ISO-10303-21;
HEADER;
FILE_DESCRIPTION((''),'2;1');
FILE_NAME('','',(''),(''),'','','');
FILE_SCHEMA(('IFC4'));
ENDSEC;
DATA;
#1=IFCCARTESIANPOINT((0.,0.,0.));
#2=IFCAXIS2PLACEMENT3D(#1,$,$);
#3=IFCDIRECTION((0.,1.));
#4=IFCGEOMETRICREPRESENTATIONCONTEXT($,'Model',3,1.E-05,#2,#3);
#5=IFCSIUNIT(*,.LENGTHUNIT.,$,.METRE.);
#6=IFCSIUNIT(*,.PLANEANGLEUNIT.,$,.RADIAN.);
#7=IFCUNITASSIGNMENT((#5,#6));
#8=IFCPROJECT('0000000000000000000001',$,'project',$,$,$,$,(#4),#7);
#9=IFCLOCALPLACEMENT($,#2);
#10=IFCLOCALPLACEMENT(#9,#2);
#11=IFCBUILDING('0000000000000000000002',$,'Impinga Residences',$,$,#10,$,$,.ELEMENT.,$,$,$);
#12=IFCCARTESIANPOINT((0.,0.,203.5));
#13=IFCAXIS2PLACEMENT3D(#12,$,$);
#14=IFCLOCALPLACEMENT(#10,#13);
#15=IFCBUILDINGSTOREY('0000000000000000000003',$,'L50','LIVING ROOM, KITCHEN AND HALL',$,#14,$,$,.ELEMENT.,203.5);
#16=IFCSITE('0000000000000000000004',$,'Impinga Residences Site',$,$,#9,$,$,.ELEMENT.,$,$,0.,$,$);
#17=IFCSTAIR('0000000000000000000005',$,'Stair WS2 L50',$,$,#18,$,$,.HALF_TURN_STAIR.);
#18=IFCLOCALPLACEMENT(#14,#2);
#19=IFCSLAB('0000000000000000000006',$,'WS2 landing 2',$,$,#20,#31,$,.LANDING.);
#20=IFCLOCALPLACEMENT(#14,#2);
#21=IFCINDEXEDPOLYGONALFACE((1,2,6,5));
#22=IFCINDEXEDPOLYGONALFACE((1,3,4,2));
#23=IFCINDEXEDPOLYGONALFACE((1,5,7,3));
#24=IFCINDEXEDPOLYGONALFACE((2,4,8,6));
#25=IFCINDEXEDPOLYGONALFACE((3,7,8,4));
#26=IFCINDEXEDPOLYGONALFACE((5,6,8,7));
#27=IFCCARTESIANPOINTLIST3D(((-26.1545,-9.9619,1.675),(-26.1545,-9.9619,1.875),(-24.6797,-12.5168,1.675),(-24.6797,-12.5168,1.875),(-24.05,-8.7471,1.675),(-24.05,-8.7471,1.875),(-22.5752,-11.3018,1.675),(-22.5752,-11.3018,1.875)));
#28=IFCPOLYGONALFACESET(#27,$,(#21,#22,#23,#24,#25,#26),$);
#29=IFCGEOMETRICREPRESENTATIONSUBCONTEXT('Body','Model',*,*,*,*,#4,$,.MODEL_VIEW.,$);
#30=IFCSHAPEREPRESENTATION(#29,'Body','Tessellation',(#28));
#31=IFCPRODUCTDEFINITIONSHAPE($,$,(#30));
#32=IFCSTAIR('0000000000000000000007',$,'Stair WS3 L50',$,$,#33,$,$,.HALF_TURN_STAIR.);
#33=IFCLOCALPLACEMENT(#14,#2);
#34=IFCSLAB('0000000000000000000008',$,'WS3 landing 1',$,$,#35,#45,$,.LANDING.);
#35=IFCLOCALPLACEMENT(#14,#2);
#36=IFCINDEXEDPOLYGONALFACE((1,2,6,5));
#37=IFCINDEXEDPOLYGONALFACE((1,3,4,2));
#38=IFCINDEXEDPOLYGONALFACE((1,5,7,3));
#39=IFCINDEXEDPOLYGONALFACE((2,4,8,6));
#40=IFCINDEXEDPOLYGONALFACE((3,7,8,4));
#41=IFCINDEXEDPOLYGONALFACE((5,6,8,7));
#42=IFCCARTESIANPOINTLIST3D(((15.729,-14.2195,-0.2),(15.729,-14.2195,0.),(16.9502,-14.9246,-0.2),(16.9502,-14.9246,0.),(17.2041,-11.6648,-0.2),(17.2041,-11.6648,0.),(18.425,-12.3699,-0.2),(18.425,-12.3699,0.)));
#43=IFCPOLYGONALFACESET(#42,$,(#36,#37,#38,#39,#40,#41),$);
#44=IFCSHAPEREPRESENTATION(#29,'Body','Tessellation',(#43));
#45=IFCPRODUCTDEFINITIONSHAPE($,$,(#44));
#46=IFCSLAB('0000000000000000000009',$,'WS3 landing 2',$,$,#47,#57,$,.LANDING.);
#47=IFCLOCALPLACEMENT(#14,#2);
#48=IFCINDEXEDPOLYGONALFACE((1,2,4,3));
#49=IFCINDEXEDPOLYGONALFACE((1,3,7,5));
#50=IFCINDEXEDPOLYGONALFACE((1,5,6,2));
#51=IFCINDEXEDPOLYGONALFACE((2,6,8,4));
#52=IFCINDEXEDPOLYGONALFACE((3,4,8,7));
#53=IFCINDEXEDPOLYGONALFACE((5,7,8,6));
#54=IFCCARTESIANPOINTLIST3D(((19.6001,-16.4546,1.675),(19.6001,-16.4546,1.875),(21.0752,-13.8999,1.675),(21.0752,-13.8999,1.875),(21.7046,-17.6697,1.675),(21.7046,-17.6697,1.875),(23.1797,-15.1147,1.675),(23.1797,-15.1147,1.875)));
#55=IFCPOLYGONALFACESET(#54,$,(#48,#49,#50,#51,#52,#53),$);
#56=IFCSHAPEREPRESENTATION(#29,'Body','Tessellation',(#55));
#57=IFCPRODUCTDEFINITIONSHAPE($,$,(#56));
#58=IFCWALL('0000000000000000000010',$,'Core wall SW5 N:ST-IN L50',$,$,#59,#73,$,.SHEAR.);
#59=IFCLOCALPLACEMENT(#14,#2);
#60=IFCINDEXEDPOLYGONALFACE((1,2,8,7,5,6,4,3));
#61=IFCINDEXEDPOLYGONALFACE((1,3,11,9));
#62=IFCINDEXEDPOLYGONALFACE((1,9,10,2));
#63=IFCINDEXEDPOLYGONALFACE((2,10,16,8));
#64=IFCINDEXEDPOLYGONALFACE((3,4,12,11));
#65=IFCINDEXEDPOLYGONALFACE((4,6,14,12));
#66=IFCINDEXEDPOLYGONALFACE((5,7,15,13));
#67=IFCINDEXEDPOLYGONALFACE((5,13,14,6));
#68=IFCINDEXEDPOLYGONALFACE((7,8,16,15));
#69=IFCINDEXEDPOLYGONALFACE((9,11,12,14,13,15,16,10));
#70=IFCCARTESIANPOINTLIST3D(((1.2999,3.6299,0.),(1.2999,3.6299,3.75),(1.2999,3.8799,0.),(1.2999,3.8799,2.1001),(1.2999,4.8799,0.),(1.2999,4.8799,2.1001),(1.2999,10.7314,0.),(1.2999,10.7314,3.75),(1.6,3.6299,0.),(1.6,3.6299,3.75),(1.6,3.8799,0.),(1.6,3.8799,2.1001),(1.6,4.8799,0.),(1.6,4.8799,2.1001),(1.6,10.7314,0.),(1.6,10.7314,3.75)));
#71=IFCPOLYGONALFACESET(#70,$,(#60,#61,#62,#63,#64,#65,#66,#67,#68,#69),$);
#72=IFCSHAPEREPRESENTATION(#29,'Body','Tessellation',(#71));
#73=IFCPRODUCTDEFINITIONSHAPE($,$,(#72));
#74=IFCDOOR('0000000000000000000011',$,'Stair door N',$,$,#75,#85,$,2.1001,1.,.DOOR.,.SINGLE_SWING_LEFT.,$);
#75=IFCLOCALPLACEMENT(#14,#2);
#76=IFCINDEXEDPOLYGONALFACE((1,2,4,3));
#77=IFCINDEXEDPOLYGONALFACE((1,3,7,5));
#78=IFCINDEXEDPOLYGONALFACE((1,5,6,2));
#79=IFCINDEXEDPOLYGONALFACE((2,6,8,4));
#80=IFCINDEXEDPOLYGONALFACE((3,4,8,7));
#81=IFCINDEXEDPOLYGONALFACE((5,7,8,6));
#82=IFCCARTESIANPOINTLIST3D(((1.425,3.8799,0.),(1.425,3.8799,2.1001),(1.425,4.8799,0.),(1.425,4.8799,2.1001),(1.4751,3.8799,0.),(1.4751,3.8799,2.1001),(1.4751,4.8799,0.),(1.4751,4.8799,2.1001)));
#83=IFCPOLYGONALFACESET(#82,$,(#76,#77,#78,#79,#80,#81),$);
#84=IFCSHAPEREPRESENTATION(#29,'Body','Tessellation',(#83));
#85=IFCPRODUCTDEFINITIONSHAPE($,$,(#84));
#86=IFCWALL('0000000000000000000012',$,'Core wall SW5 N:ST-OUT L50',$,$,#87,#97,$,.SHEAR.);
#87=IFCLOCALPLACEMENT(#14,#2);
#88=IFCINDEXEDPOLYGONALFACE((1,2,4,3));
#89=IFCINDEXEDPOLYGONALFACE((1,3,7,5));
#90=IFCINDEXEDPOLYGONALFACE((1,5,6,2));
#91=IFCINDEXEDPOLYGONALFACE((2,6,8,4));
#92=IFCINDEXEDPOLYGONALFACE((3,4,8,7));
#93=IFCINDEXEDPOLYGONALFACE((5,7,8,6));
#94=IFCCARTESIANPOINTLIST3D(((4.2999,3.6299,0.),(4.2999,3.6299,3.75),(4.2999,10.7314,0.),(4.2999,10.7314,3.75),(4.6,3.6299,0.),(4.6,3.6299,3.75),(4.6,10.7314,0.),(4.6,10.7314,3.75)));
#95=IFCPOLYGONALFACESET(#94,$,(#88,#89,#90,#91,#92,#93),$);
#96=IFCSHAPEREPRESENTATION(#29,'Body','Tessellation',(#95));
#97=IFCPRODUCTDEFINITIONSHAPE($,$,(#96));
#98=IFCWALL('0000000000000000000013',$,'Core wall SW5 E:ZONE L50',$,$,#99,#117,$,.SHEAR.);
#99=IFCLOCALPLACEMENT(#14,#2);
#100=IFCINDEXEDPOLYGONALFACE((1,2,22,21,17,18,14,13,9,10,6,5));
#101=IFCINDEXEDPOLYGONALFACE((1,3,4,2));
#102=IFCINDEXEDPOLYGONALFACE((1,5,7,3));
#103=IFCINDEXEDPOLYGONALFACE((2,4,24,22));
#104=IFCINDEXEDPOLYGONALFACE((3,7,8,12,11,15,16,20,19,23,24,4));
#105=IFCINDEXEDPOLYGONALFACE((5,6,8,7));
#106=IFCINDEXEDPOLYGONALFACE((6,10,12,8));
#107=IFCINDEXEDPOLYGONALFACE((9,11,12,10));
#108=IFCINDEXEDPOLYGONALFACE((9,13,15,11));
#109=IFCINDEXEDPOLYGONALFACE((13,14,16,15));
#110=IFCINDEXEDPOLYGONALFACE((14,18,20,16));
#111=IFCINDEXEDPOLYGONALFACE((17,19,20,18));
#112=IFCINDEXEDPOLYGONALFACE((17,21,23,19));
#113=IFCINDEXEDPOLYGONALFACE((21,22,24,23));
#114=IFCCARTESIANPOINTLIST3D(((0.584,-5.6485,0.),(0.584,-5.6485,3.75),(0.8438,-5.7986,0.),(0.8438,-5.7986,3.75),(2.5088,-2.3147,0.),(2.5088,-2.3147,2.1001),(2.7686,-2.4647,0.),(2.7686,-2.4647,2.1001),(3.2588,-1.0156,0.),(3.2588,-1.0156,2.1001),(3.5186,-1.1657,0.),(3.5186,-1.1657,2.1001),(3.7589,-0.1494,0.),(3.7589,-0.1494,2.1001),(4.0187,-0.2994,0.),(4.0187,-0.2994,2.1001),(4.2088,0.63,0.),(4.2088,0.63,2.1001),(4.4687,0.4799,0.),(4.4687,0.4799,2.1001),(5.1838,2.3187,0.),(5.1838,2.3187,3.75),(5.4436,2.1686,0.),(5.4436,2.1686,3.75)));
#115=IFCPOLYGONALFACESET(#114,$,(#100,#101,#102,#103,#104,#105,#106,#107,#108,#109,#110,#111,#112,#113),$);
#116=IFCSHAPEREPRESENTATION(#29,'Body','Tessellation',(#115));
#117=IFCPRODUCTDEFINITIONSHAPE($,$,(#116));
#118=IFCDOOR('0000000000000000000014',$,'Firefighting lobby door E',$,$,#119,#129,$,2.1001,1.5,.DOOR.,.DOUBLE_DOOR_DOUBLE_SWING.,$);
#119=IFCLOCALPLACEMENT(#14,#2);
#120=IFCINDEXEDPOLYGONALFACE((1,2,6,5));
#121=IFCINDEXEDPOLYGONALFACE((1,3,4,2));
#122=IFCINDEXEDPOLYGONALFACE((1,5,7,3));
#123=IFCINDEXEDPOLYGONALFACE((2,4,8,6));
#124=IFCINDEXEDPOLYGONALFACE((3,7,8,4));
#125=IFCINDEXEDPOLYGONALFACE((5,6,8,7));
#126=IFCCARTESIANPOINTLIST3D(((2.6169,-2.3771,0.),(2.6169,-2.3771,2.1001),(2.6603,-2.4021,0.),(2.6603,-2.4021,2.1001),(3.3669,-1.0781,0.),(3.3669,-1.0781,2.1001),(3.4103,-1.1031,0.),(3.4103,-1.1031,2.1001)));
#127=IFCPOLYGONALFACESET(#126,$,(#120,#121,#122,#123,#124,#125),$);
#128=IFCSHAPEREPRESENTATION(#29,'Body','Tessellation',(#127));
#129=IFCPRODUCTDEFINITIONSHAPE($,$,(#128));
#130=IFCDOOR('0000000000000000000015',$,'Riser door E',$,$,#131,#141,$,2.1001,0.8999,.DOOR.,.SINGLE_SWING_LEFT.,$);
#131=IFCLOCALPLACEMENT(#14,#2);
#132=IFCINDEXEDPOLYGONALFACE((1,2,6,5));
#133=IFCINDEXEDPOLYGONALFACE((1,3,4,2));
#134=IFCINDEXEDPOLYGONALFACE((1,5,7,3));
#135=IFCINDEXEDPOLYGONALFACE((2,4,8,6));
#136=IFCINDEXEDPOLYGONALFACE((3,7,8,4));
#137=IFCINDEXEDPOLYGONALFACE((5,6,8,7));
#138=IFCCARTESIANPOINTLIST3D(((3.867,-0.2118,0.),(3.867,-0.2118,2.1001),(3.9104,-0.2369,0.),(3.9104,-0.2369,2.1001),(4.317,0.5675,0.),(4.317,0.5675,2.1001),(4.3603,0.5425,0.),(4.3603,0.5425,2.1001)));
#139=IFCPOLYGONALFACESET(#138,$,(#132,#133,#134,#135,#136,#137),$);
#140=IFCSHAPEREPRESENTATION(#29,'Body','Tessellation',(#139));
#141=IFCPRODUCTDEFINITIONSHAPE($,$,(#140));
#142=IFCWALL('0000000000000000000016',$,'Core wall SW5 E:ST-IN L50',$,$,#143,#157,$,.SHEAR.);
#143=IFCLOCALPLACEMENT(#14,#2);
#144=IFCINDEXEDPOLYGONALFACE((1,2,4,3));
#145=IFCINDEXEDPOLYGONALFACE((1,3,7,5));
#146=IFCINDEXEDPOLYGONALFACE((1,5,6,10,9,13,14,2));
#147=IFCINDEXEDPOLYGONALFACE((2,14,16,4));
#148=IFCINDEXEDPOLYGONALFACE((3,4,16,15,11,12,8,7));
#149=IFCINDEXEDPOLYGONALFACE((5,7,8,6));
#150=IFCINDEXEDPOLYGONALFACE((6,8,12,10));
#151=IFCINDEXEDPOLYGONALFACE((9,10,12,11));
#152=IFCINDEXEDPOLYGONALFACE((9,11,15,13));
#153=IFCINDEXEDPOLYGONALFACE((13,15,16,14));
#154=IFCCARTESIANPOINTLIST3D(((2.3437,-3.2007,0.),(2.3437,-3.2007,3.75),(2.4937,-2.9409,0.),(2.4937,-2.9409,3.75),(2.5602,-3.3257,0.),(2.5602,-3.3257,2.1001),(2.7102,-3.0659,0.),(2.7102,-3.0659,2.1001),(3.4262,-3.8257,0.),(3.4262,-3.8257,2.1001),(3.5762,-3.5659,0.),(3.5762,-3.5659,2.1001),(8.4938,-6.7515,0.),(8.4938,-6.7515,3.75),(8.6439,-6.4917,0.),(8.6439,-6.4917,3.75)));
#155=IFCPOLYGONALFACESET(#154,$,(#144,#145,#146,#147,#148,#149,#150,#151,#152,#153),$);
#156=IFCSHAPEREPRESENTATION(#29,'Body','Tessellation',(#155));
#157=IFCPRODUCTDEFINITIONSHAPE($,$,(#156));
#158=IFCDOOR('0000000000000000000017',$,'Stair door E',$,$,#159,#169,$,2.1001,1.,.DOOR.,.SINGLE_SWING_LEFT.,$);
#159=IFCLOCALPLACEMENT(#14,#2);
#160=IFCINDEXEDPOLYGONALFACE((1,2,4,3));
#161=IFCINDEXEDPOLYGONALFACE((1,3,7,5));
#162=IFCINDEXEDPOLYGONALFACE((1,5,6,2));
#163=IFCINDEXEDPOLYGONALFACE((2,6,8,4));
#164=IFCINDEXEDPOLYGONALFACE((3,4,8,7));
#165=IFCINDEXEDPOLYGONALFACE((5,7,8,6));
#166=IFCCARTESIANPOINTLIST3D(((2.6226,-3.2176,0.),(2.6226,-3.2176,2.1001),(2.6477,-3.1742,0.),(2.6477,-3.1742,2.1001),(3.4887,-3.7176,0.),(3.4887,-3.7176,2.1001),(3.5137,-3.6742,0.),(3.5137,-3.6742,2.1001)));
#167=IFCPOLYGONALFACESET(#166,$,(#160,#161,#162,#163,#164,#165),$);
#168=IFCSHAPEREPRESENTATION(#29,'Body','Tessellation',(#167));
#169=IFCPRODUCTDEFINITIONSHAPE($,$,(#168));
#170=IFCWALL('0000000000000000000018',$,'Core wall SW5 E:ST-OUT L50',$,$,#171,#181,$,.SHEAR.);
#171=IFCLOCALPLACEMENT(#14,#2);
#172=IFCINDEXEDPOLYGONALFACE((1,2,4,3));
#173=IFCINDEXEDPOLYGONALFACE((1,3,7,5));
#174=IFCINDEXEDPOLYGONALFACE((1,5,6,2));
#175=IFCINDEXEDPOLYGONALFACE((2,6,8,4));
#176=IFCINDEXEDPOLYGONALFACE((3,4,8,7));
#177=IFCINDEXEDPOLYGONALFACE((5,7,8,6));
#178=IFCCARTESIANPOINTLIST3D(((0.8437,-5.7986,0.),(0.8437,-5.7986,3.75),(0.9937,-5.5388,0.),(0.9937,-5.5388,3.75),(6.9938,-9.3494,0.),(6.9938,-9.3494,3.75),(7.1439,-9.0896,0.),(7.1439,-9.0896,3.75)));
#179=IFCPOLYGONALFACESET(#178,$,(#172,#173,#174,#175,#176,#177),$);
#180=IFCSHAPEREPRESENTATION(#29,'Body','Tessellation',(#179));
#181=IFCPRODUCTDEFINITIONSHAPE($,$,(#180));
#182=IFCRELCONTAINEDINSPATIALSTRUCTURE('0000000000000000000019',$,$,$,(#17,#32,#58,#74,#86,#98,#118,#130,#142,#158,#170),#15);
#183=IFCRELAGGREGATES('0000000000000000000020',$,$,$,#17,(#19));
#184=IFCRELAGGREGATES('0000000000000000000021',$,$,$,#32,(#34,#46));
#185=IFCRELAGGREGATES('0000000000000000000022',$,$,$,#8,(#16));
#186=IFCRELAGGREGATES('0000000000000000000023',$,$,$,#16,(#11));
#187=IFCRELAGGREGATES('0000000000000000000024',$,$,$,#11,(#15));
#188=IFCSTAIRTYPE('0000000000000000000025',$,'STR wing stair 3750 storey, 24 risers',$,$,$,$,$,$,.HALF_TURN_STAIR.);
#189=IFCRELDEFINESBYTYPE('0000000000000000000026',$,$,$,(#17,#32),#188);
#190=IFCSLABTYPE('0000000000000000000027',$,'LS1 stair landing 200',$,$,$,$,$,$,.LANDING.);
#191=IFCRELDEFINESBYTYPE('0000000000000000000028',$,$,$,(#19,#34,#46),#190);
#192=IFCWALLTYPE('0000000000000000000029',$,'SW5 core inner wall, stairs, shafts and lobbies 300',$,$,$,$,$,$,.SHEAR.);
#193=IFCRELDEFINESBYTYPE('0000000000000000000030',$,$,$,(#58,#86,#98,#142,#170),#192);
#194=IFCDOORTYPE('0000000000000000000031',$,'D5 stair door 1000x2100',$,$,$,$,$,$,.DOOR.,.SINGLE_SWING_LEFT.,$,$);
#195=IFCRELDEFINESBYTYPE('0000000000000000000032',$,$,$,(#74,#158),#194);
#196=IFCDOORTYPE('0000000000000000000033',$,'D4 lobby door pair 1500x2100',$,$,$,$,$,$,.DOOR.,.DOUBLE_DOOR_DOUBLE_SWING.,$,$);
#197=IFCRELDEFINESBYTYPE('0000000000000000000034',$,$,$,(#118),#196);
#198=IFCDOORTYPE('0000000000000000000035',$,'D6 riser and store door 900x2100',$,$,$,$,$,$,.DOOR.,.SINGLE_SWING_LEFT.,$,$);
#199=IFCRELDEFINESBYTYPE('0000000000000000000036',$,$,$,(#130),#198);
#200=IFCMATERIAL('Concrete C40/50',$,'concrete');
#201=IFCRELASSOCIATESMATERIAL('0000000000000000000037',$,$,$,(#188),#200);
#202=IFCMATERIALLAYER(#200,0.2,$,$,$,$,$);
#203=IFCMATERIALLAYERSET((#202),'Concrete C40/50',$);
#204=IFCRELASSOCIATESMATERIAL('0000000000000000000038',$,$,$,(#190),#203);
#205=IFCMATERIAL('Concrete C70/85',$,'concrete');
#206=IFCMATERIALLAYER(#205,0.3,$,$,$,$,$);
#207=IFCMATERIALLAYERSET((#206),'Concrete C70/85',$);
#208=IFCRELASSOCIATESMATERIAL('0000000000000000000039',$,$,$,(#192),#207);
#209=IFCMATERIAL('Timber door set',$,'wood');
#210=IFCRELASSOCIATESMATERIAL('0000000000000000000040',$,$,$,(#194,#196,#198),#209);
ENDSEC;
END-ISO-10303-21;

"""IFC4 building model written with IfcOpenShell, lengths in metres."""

from ifc_helpers import new_model, si_unit, direction, frame, frame_2d, origin, place, context, subcontext, project, spatial, polyline, rectangle, outline, extrude, material, layer, layer_set, type_object, element, fill, aggregate, save


model = new_model("IFC4")

# Units and contexts
model_context = context("Model", 3, precision=1e-05, world=origin(), true_north=direction((0.0, 1.0)))
body_context = subcontext(model_context, "Body", "Model", "MODEL_VIEW")
ifc_project = project(units=[si_unit("LENGTHUNIT", "METRE"), si_unit("PLANEANGLEUNIT", "RADIAN")], contexts=[model_context])

# Site, building, storey
site_placement = place(None, origin())
site = spatial("IfcSite", under=ifc_project, at=site_placement, Name="Impinga Residences Site", CompositionType="ELEMENT", RefElevation=0.0)
building_placement = place(site_placement, origin())
building = spatial("IfcBuilding", under=site, at=building_placement, Name="Impinga Residences", CompositionType="ELEMENT")
storey_placement = place(building_placement, frame((0.0, 0.0, 203.5)))
storey = spatial("IfcBuildingStorey", under=building, at=storey_placement, Name="L50", Description="LIVING ROOM, KITCHEN AND HALL", CompositionType="ELEMENT", Elevation=203.5)

# Stair, slab
ifc_material_1 = material(Name="Concrete C40/50", Category="concrete")
stair_type_1 = type_object("IfcStairType", Name="STR wing stair 3750 storey, 24 risers", PredefinedType="HALF_TURN_STAIR", material=ifc_material_1)
stair_1_placement = place(storey_placement, origin())
stair_1 = element("IfcStair", 1, at=stair_1_placement, inside=storey, type_object=stair_type_1, Name="Stair WS2 L50", PredefinedType="HALF_TURN_STAIR")
ifc_layer_1 = layer(ifc_material_1, 0.2)
ifc_layer_set_1 = layer_set([ifc_layer_1], Name="Concrete C40/50")
slab_type = type_object("IfcSlabType", Name="LS1 stair landing 200", PredefinedType="LANDING", material=ifc_layer_set_1)
slab_1_placement = place(storey_placement, frame((0.0, 0.0, 1.675)))
slab_1 = element("IfcSlab", 2, at=slab_1_placement, type_object=slab_type, Name="WS2 landing 2", PredefinedType="LANDING", context=body_context, shape_type="SweptSolid", body=[
    extrude(outline(polyline([(-22.5752, -11.3018), (-24.05, -8.7471), (-26.1545, -9.9619), (-24.6797, -12.5168), (-22.5752, -11.3018)])), origin(), (0.0, 0.0, 1.0), 0.2),
])
aggregate(stair_1, [slab_1])

# Stair, slabs
stair_2_placement = place(storey_placement, origin())
stair_2 = element("IfcStair", 3, at=stair_2_placement, inside=storey, type_object=stair_type_1, Name="Stair WS3 L50", PredefinedType="HALF_TURN_STAIR")
slab_2_placement = place(storey_placement, frame((0.0, 0.0, -0.2)))
slab_2 = element("IfcSlab", 4, at=slab_2_placement, type_object=slab_type, Name="WS3 landing 1", PredefinedType="LANDING", context=body_context, shape_type="SweptSolid", body=[
    extrude(outline(polyline([(17.2041, -11.6648), (15.729, -14.2195), (16.9502, -14.9246), (18.425, -12.3699), (17.2041, -11.6648)])), origin(), (0.0, 0.0, 1.0), 0.2),
])
slab_3_placement = place(storey_placement, frame((0.0, 0.0, 1.675)))
slab_3 = element("IfcSlab", 5, at=slab_3_placement, type_object=slab_type, Name="WS3 landing 2", PredefinedType="LANDING", context=body_context, shape_type="SweptSolid", body=[
    extrude(outline(polyline([(21.0752, -13.8999), (19.6001, -16.4546), (21.7046, -17.6697), (23.1797, -15.1147), (21.0752, -13.8999)])), origin(), (0.0, 0.0, 1.0), 0.2),
])
aggregate(stair_2, [slab_2, slab_3])

# Wall, opening, door
ifc_material_2 = material(Name="Concrete C70/85", Category="concrete")
ifc_layer_2 = layer(ifc_material_2, 0.3)
ifc_layer_set_2 = layer_set([ifc_layer_2], Name="Concrete C70/85")
wall_type = type_object("IfcWallType", Name="SW5 core inner wall, stairs, shafts and lobbies 300", PredefinedType="SHEAR", material=ifc_layer_set_2)
wall_1_placement = place(storey_placement, frame((1.45, 3.6299, 0.0), z_axis=(0.0, 0.0, 1.0), x_axis=(0.0, 1.0, 0.0)))
wall_1 = element("IfcWall", 6, at=wall_1_placement, inside=storey, type_object=wall_type, Name="Core wall SW5 N:ST-IN L50", PredefinedType="SHEAR", context=body_context, shape_type="SweptSolid", body=[
    extrude(rectangle(XDim=7.1016, YDim=0.3, at=frame_2d((3.5508, 0.0))), origin(), (0.0, 0.0, 1.0), 3.75),
])
opening_1_placement = place(wall_1_placement, frame((0.25, 0.0, 0.0)))
opening_1 = element("IfcOpeningElement", 7, at=opening_1_placement, cuts=wall_1, PredefinedType="OPENING", context=body_context, shape_type="SweptSolid", body=[
    extrude(rectangle(XDim=1.0, YDim=2.1001, at=frame_2d((0.5, 1.05))), frame((0.0, 0.1599, 0.0), z_axis=(0.0, -1.0, 0.0), x_axis=(1.0, 0.0, 0.0)), (0.0, 0.0, 1.0), 0.3201),
])
ifc_material_3 = material(Name="Timber door set", Category="wood")
door_type_1 = type_object("IfcDoorType", Name="D5 stair door 1000x2100", OperationType="SINGLE_SWING_LEFT", PredefinedType="DOOR", material=ifc_material_3)
door_1_placement = place(opening_1_placement, origin())
door_1 = element("IfcDoor", 8, at=door_1_placement, inside=storey, type_object=door_type_1, Name="Stair door N", OperationType="SINGLE_SWING_LEFT", OverallHeight=2.1001, OverallWidth=1.0, PredefinedType="DOOR", context=body_context, shape_type="SweptSolid", body=[
    extrude(rectangle(XDim=1.0, YDim=2.1001, at=frame_2d((0.5, 1.05))), frame((0.0, 0.0249, 0.0), z_axis=(0.0, -1.0, 0.0), x_axis=(1.0, 0.0, 0.0)), (0.0, 0.0, 1.0), 0.05),
])
fill(opening_1, door_1)

# Wall
wall_2_placement = place(storey_placement, frame((4.45, 3.6299, 0.0), z_axis=(0.0, 0.0, 1.0), x_axis=(0.0, 1.0, 0.0)))
element("IfcWall", 9, at=wall_2_placement, inside=storey, type_object=wall_type, Name="Core wall SW5 N:ST-OUT L50", PredefinedType="SHEAR", context=body_context, shape_type="SweptSolid", body=[
    extrude(rectangle(XDim=7.1016, YDim=0.3, at=frame_2d((3.5508, 0.0))), origin(), (0.0, 0.0, 1.0), 3.75),
])

# Wall, openings, doors
wall_3_placement = place(storey_placement, frame((5.3137, 2.2437, 0.0), z_axis=(0.0, 0.0, 1.0), x_axis=(-0.499995, -0.866028, 0.0)))
wall_3 = element("IfcWall", 10, at=wall_3_placement, inside=storey, type_object=wall_type, Name="Core wall SW5 E:ZONE L50", PredefinedType="SHEAR", context=body_context, shape_type="SweptSolid", body=[
    extrude(rectangle(XDim=9.1997, YDim=0.3, at=frame_2d((4.5999, 0.0))), origin(), (0.0, 0.0, 1.0), 3.75),
])
opening_2_placement = place(wall_3_placement, frame((3.8501, 0.0, 0.0)))
opening_2 = element("IfcOpeningElement", 11, at=opening_2_placement, cuts=wall_3, PredefinedType="OPENING", context=body_context, shape_type="SweptSolid", body=[
    extrude(rectangle(XDim=1.5, YDim=2.1001, at=frame_2d((0.75, 1.05))), frame((0.0, 0.1599, 0.0), z_axis=(0.0, -1.0, 0.0), x_axis=(1.0, 0.0, 0.0)), (0.0, 0.0, 1.0), 0.3201),
])
opening_3_placement = place(wall_3_placement, frame((1.95, 0.0, 0.0)))
opening_3 = element("IfcOpeningElement", 12, at=opening_3_placement, cuts=wall_3, PredefinedType="OPENING", context=body_context, shape_type="SweptSolid", body=[
    extrude(rectangle(XDim=0.8999, YDim=2.1001, at=frame_2d((0.45, 1.05))), frame((0.0, 0.1599, 0.0), z_axis=(0.0, -1.0, 0.0), x_axis=(1.0, 0.0, 0.0)), (0.0, 0.0, 1.0), 0.3201),
])
door_type_2 = type_object("IfcDoorType", Name="D4 lobby door pair 1500x2100", OperationType="DOUBLE_DOOR_DOUBLE_SWING", PredefinedType="DOOR", material=ifc_material_3)
door_2_placement = place(opening_2_placement, origin())
door_2 = element("IfcDoor", 13, at=door_2_placement, inside=storey, type_object=door_type_2, Name="Firefighting lobby door E", OperationType="DOUBLE_DOOR_DOUBLE_SWING", OverallHeight=2.1001, OverallWidth=1.5, PredefinedType="DOOR", context=body_context, shape_type="SweptSolid", body=[
    extrude(rectangle(XDim=1.5, YDim=2.1001, at=frame_2d((0.75, 1.05))), frame((0.0, 0.0249, 0.0), z_axis=(0.0, -1.0, 0.0), x_axis=(1.0, 0.0, 0.0)), (0.0, 0.0, 1.0), 0.05),
])
fill(opening_2, door_2)
door_type_3 = type_object("IfcDoorType", Name="D6 riser and store door 900x2100", OperationType="SINGLE_SWING_LEFT", PredefinedType="DOOR", material=ifc_material_3)
door_3_placement = place(opening_3_placement, origin())
door_3 = element("IfcDoor", 14, at=door_3_placement, inside=storey, type_object=door_type_3, Name="Riser door E", OperationType="SINGLE_SWING_LEFT", OverallHeight=2.1001, OverallWidth=0.8999, PredefinedType="DOOR", context=body_context, shape_type="SweptSolid", body=[
    extrude(rectangle(XDim=0.8999, YDim=2.1001, at=frame_2d((0.45, 1.05))), frame((0.0, 0.0249, 0.0), z_axis=(0.0, -1.0, 0.0), x_axis=(1.0, 0.0, 0.0)), (0.0, 0.0, 1.0), 0.05),
])
fill(opening_3, door_3)

# Wall, opening, door
wall_4_placement = place(storey_placement, frame((2.4187, -3.0708, 0.0), z_axis=(0.0, 0.0, 1.0), x_axis=(0.866026, -0.499999, 0.0)))
wall_4 = element("IfcWall", 15, at=wall_4_placement, inside=storey, type_object=wall_type, Name="Core wall SW5 E:ST-IN L50", PredefinedType="SHEAR", context=body_context, shape_type="SweptSolid", body=[
    extrude(rectangle(XDim=7.1016, YDim=0.3, at=frame_2d((3.5508, 0.0))), origin(), (0.0, 0.0, 1.0), 3.75),
])
opening_4_placement = place(wall_4_placement, frame((0.25, 0.0, 0.0)))
opening_4 = element("IfcOpeningElement", 16, at=opening_4_placement, cuts=wall_4, PredefinedType="OPENING", context=body_context, shape_type="SweptSolid", body=[
    extrude(rectangle(XDim=1.0, YDim=2.1001, at=frame_2d((0.5, 1.05))), frame((0.0, 0.1599, 0.0), z_axis=(0.0, -1.0, 0.0), x_axis=(1.0, 0.0, 0.0)), (0.0, 0.0, 1.0), 0.3201),
])
door_4_placement = place(opening_4_placement, origin())
door_4 = element("IfcDoor", 17, at=door_4_placement, inside=storey, type_object=door_type_1, Name="Stair door E", OperationType="SINGLE_SWING_LEFT", OverallHeight=2.1001, OverallWidth=1.0, PredefinedType="DOOR", context=body_context, shape_type="SweptSolid", body=[
    extrude(rectangle(XDim=1.0, YDim=2.1001, at=frame_2d((0.5, 1.05))), frame((0.0, 0.0249, 0.0), z_axis=(0.0, -1.0, 0.0), x_axis=(1.0, 0.0, 0.0)), (0.0, 0.0, 1.0), 0.05),
])
fill(opening_4, door_4)

# Wall
wall_5_placement = place(storey_placement, frame((0.9187, -5.6687, 0.0), z_axis=(0.0, 0.0, 1.0), x_axis=(0.866026, -0.499999, 0.0)))
element("IfcWall", 18, at=wall_5_placement, inside=storey, type_object=wall_type, Name="Core wall SW5 E:ST-OUT L50", PredefinedType="SHEAR", context=body_context, shape_type="SweptSolid", body=[
    extrude(rectangle(XDim=7.1016, YDim=0.3, at=frame_2d((3.5508, 0.0))), origin(), (0.0, 0.0, 1.0), 3.75),
])

save(model, "model.ifc")
